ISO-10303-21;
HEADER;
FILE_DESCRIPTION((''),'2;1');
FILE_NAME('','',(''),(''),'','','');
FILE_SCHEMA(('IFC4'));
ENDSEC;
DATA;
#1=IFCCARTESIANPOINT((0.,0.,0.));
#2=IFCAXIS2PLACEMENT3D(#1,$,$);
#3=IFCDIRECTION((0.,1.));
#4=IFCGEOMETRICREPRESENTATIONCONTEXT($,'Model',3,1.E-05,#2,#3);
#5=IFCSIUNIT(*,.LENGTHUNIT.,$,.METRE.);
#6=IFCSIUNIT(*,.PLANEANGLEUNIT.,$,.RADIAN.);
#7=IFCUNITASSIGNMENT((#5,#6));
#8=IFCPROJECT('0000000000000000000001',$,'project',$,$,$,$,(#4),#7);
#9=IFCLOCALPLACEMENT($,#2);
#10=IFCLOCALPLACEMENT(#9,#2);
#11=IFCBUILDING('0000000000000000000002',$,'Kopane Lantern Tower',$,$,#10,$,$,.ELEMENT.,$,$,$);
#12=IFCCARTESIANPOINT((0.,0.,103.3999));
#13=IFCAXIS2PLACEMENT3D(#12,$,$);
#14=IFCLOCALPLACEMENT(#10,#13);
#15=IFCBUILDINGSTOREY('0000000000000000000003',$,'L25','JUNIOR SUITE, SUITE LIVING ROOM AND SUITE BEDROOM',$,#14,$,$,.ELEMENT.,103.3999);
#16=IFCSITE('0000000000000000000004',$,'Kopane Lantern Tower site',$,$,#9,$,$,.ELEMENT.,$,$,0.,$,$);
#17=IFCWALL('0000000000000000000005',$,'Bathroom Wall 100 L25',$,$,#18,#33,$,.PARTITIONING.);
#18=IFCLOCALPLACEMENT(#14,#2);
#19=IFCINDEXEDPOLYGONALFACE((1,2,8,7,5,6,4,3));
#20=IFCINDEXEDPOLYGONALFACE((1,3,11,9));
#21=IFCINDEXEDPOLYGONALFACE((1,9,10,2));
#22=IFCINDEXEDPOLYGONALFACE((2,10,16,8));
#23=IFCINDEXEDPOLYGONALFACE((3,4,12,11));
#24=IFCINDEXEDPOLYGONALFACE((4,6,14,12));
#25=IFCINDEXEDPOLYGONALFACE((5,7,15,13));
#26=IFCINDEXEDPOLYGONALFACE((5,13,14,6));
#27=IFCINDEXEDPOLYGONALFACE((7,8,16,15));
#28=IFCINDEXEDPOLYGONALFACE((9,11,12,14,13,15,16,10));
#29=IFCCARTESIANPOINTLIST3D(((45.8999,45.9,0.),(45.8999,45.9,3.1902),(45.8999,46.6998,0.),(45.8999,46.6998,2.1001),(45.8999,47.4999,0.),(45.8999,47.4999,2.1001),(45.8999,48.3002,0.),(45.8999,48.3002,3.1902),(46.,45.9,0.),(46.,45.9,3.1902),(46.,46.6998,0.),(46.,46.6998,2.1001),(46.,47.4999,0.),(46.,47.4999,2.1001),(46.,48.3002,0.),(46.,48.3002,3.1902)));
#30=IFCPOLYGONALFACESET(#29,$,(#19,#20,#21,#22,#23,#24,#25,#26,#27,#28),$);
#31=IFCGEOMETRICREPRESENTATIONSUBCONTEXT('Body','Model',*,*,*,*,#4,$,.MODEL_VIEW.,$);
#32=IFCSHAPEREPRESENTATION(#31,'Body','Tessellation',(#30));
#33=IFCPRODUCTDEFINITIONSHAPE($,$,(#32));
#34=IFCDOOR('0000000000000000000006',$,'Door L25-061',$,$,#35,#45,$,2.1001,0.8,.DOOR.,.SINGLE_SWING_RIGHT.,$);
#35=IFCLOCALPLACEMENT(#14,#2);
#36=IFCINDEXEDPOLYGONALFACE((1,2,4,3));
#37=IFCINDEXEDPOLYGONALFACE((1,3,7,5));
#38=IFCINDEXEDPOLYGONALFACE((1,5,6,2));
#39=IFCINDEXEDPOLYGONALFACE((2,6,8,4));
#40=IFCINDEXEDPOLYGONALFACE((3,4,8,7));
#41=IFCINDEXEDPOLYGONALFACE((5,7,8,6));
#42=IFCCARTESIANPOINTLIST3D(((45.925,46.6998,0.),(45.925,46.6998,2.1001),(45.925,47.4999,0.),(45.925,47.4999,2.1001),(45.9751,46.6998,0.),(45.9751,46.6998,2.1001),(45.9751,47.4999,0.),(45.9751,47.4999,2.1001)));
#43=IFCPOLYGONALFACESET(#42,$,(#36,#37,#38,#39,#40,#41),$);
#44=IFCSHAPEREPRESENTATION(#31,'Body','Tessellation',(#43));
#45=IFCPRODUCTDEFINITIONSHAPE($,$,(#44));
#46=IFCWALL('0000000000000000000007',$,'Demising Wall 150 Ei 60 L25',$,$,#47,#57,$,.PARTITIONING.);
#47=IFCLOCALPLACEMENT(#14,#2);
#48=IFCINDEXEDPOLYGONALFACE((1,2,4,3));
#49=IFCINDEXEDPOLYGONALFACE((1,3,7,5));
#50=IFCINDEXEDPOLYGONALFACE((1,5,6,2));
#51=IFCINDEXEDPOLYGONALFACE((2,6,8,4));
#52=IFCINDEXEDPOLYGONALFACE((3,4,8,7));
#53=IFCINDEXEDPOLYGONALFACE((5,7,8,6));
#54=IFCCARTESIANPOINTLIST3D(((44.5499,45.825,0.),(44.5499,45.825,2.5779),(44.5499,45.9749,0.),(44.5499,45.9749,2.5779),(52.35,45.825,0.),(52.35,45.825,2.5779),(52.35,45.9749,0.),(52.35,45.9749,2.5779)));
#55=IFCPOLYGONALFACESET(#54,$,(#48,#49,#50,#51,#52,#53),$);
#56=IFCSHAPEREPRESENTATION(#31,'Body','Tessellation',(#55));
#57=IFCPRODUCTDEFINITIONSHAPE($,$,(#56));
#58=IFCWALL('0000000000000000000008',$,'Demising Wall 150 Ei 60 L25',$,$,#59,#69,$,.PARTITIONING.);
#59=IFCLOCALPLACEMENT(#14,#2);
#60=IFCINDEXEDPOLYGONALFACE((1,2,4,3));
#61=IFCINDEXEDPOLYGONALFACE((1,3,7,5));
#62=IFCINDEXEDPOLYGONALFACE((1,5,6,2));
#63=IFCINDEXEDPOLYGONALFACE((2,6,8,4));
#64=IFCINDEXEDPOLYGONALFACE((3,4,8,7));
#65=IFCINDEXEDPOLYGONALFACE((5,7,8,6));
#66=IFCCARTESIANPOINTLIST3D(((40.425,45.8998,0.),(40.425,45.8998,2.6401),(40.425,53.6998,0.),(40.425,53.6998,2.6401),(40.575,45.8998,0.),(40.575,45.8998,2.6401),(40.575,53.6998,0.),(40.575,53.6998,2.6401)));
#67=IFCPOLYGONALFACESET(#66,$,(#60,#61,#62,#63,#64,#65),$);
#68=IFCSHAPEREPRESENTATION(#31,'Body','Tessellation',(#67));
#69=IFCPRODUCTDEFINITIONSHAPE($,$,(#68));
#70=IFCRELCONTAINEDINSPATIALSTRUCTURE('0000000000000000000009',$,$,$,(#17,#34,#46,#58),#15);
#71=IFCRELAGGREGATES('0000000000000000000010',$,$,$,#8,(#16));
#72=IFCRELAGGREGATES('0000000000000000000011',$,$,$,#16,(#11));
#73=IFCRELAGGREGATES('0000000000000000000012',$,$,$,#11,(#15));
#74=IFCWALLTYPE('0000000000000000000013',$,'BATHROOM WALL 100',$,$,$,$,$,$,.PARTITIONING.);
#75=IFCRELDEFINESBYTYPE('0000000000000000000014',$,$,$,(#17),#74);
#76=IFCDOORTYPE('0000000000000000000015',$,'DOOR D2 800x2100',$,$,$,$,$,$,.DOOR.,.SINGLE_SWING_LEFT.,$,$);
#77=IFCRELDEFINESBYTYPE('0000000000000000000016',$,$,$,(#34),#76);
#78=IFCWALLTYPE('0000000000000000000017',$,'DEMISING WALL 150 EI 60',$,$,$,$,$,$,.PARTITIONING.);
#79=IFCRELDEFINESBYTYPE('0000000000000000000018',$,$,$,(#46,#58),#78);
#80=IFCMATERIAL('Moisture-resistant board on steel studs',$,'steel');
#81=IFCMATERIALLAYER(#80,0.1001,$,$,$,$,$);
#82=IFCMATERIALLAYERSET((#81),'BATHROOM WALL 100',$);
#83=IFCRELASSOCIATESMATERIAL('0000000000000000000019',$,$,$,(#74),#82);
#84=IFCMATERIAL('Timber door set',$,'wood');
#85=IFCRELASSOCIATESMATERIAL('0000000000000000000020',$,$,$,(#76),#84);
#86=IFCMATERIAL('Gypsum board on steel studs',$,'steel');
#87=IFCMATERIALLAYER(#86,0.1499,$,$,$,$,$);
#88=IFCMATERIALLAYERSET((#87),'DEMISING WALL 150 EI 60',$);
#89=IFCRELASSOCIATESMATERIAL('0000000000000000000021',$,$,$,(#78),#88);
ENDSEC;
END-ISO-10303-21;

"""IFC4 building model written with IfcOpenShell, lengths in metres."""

from ifc_helpers import new_model, si_unit, direction, frame, frame_2d, origin, place, context, subcontext, project, spatial, rectangle, extrude, material, layer, layer_set, type_object, element, fill, save


model = new_model("IFC4")

# Units and contexts
model_context = context("Model", 3, precision=1e-05, world=origin(), true_north=direction((0.0, 1.0)))
body_context = subcontext(model_context, "Body", "Model", "MODEL_VIEW")
ifc_project = project(units=[si_unit("LENGTHUNIT", "METRE"), si_unit("PLANEANGLEUNIT", "RADIAN")], contexts=[model_context])

# Site, building, storey
site_placement = place(None, origin())
site = spatial("IfcSite", under=ifc_project, at=site_placement, Name="Kopane Lantern Tower site", CompositionType="ELEMENT", RefElevation=0.0)
building_placement = place(site_placement, origin())
building = spatial("IfcBuilding", under=site, at=building_placement, Name="Kopane Lantern Tower", CompositionType="ELEMENT")
storey_placement = place(building_placement, frame((0.0, 0.0, 103.3999)))
storey = spatial("IfcBuildingStorey", under=building, at=storey_placement, Name="L25", Description="JUNIOR SUITE, SUITE LIVING ROOM AND SUITE BEDROOM", CompositionType="ELEMENT", Elevation=103.3999)

# Wall, opening, door
ifc_material_1 = material(Name="Moisture-resistant board on steel studs", Category="steel")
ifc_layer_1 = layer(ifc_material_1, 0.1001)
ifc_layer_set_1 = layer_set([ifc_layer_1], Name="BATHROOM WALL 100")
wall_type_1 = type_object("IfcWallType", Name="BATHROOM WALL 100", PredefinedType="PARTITIONING", material=ifc_layer_set_1)
wall_1_placement = place(storey_placement, frame((45.95, 45.8999, 0.0), z_axis=(0.0, 0.0, 1.0), x_axis=(0.0, 1.0, 0.0)))
wall_1 = element("IfcWall", 1, at=wall_1_placement, inside=storey, type_object=wall_type_1, Name="Bathroom Wall 100 L25", PredefinedType="PARTITIONING", context=body_context, shape_type="SweptSolid", body=[
    extrude(rectangle(XDim=2.4001, YDim=0.1001, at=frame_2d((1.2002, 0.0))), origin(), (0.0, 0.0, 1.0), 3.1902),
])
opening_1_placement = place(wall_1_placement, frame((0.8, 0.0, 0.0)))
opening_1 = element("IfcOpeningElement", 2, at=opening_1_placement, cuts=wall_1, PredefinedType="OPENING", context=body_context, shape_type="SweptSolid", body=[
    extrude(rectangle(XDim=0.8, YDim=2.1001, at=frame_2d((0.3999, 1.05))), frame((0.0, 0.0601, 0.0), z_axis=(0.0, -1.0, 0.0), x_axis=(1.0, 0.0, 0.0)), (0.0, 0.0, 1.0), 0.1201),
])
ifc_material_2 = material(Name="Timber door set", Category="wood")
door_type_1 = type_object("IfcDoorType", Name="DOOR D2 800x2100", OperationType="SINGLE_SWING_LEFT", PredefinedType="DOOR", material=ifc_material_2)
door_1_placement = place(opening_1_placement, origin())
door_1 = element("IfcDoor", 3, at=door_1_placement, inside=storey, type_object=door_type_1, Name="Door L25-061", OperationType="SINGLE_SWING_RIGHT", OverallHeight=2.1001, OverallWidth=0.8, PredefinedType="DOOR", context=body_context, shape_type="SweptSolid", body=[
    extrude(rectangle(XDim=0.8, YDim=2.1001, at=frame_2d((0.3999, 1.05))), frame((0.0, 0.0249, 0.0), z_axis=(0.0, -1.0, 0.0), x_axis=(1.0, 0.0, 0.0)), (0.0, 0.0, 1.0), 0.05),
])
fill(opening_1, door_1)

# Walls
ifc_material_3 = material(Name="Gypsum board on steel studs", Category="steel")
ifc_layer_2 = layer(ifc_material_3, 0.1499)
ifc_layer_set_2 = layer_set([ifc_layer_2], Name="DEMISING WALL 150 EI 60")
wall_type_2 = type_object("IfcWallType", Name="DEMISING WALL 150 EI 60", PredefinedType="PARTITIONING", material=ifc_layer_set_2)
wall_2_placement = place(storey_placement, frame((44.55, 45.8999, 0.0), z_axis=(0.0, 0.0, 1.0), x_axis=(1.0, 0.0, 0.0)))
element("IfcWall", 4, at=wall_2_placement, inside=storey, type_object=wall_type_2, Name="Demising Wall 150 Ei 60 L25", PredefinedType="PARTITIONING", context=body_context, shape_type="SweptSolid", body=[
    extrude(rectangle(XDim=7.8, YDim=0.1499, at=frame_2d((3.8999, 0.0))), origin(), (0.0, 0.0, 1.0), 2.5779),
])
wall_3_placement = place(storey_placement, frame((40.5, 45.8999, 0.0), z_axis=(0.0, 0.0, 1.0), x_axis=(0.0, 1.0, 0.0)))
element("IfcWall", 5, at=wall_3_placement, inside=storey, type_object=wall_type_2, Name="Demising Wall 150 Ei 60 L25", PredefinedType="PARTITIONING", context=body_context, shape_type="SweptSolid", body=[
    extrude(rectangle(XDim=7.8, YDim=0.1499, at=frame_2d((3.8999, 0.0))), origin(), (0.0, 0.0, 1.0), 2.6401),
])

save(model, "model.ifc")
